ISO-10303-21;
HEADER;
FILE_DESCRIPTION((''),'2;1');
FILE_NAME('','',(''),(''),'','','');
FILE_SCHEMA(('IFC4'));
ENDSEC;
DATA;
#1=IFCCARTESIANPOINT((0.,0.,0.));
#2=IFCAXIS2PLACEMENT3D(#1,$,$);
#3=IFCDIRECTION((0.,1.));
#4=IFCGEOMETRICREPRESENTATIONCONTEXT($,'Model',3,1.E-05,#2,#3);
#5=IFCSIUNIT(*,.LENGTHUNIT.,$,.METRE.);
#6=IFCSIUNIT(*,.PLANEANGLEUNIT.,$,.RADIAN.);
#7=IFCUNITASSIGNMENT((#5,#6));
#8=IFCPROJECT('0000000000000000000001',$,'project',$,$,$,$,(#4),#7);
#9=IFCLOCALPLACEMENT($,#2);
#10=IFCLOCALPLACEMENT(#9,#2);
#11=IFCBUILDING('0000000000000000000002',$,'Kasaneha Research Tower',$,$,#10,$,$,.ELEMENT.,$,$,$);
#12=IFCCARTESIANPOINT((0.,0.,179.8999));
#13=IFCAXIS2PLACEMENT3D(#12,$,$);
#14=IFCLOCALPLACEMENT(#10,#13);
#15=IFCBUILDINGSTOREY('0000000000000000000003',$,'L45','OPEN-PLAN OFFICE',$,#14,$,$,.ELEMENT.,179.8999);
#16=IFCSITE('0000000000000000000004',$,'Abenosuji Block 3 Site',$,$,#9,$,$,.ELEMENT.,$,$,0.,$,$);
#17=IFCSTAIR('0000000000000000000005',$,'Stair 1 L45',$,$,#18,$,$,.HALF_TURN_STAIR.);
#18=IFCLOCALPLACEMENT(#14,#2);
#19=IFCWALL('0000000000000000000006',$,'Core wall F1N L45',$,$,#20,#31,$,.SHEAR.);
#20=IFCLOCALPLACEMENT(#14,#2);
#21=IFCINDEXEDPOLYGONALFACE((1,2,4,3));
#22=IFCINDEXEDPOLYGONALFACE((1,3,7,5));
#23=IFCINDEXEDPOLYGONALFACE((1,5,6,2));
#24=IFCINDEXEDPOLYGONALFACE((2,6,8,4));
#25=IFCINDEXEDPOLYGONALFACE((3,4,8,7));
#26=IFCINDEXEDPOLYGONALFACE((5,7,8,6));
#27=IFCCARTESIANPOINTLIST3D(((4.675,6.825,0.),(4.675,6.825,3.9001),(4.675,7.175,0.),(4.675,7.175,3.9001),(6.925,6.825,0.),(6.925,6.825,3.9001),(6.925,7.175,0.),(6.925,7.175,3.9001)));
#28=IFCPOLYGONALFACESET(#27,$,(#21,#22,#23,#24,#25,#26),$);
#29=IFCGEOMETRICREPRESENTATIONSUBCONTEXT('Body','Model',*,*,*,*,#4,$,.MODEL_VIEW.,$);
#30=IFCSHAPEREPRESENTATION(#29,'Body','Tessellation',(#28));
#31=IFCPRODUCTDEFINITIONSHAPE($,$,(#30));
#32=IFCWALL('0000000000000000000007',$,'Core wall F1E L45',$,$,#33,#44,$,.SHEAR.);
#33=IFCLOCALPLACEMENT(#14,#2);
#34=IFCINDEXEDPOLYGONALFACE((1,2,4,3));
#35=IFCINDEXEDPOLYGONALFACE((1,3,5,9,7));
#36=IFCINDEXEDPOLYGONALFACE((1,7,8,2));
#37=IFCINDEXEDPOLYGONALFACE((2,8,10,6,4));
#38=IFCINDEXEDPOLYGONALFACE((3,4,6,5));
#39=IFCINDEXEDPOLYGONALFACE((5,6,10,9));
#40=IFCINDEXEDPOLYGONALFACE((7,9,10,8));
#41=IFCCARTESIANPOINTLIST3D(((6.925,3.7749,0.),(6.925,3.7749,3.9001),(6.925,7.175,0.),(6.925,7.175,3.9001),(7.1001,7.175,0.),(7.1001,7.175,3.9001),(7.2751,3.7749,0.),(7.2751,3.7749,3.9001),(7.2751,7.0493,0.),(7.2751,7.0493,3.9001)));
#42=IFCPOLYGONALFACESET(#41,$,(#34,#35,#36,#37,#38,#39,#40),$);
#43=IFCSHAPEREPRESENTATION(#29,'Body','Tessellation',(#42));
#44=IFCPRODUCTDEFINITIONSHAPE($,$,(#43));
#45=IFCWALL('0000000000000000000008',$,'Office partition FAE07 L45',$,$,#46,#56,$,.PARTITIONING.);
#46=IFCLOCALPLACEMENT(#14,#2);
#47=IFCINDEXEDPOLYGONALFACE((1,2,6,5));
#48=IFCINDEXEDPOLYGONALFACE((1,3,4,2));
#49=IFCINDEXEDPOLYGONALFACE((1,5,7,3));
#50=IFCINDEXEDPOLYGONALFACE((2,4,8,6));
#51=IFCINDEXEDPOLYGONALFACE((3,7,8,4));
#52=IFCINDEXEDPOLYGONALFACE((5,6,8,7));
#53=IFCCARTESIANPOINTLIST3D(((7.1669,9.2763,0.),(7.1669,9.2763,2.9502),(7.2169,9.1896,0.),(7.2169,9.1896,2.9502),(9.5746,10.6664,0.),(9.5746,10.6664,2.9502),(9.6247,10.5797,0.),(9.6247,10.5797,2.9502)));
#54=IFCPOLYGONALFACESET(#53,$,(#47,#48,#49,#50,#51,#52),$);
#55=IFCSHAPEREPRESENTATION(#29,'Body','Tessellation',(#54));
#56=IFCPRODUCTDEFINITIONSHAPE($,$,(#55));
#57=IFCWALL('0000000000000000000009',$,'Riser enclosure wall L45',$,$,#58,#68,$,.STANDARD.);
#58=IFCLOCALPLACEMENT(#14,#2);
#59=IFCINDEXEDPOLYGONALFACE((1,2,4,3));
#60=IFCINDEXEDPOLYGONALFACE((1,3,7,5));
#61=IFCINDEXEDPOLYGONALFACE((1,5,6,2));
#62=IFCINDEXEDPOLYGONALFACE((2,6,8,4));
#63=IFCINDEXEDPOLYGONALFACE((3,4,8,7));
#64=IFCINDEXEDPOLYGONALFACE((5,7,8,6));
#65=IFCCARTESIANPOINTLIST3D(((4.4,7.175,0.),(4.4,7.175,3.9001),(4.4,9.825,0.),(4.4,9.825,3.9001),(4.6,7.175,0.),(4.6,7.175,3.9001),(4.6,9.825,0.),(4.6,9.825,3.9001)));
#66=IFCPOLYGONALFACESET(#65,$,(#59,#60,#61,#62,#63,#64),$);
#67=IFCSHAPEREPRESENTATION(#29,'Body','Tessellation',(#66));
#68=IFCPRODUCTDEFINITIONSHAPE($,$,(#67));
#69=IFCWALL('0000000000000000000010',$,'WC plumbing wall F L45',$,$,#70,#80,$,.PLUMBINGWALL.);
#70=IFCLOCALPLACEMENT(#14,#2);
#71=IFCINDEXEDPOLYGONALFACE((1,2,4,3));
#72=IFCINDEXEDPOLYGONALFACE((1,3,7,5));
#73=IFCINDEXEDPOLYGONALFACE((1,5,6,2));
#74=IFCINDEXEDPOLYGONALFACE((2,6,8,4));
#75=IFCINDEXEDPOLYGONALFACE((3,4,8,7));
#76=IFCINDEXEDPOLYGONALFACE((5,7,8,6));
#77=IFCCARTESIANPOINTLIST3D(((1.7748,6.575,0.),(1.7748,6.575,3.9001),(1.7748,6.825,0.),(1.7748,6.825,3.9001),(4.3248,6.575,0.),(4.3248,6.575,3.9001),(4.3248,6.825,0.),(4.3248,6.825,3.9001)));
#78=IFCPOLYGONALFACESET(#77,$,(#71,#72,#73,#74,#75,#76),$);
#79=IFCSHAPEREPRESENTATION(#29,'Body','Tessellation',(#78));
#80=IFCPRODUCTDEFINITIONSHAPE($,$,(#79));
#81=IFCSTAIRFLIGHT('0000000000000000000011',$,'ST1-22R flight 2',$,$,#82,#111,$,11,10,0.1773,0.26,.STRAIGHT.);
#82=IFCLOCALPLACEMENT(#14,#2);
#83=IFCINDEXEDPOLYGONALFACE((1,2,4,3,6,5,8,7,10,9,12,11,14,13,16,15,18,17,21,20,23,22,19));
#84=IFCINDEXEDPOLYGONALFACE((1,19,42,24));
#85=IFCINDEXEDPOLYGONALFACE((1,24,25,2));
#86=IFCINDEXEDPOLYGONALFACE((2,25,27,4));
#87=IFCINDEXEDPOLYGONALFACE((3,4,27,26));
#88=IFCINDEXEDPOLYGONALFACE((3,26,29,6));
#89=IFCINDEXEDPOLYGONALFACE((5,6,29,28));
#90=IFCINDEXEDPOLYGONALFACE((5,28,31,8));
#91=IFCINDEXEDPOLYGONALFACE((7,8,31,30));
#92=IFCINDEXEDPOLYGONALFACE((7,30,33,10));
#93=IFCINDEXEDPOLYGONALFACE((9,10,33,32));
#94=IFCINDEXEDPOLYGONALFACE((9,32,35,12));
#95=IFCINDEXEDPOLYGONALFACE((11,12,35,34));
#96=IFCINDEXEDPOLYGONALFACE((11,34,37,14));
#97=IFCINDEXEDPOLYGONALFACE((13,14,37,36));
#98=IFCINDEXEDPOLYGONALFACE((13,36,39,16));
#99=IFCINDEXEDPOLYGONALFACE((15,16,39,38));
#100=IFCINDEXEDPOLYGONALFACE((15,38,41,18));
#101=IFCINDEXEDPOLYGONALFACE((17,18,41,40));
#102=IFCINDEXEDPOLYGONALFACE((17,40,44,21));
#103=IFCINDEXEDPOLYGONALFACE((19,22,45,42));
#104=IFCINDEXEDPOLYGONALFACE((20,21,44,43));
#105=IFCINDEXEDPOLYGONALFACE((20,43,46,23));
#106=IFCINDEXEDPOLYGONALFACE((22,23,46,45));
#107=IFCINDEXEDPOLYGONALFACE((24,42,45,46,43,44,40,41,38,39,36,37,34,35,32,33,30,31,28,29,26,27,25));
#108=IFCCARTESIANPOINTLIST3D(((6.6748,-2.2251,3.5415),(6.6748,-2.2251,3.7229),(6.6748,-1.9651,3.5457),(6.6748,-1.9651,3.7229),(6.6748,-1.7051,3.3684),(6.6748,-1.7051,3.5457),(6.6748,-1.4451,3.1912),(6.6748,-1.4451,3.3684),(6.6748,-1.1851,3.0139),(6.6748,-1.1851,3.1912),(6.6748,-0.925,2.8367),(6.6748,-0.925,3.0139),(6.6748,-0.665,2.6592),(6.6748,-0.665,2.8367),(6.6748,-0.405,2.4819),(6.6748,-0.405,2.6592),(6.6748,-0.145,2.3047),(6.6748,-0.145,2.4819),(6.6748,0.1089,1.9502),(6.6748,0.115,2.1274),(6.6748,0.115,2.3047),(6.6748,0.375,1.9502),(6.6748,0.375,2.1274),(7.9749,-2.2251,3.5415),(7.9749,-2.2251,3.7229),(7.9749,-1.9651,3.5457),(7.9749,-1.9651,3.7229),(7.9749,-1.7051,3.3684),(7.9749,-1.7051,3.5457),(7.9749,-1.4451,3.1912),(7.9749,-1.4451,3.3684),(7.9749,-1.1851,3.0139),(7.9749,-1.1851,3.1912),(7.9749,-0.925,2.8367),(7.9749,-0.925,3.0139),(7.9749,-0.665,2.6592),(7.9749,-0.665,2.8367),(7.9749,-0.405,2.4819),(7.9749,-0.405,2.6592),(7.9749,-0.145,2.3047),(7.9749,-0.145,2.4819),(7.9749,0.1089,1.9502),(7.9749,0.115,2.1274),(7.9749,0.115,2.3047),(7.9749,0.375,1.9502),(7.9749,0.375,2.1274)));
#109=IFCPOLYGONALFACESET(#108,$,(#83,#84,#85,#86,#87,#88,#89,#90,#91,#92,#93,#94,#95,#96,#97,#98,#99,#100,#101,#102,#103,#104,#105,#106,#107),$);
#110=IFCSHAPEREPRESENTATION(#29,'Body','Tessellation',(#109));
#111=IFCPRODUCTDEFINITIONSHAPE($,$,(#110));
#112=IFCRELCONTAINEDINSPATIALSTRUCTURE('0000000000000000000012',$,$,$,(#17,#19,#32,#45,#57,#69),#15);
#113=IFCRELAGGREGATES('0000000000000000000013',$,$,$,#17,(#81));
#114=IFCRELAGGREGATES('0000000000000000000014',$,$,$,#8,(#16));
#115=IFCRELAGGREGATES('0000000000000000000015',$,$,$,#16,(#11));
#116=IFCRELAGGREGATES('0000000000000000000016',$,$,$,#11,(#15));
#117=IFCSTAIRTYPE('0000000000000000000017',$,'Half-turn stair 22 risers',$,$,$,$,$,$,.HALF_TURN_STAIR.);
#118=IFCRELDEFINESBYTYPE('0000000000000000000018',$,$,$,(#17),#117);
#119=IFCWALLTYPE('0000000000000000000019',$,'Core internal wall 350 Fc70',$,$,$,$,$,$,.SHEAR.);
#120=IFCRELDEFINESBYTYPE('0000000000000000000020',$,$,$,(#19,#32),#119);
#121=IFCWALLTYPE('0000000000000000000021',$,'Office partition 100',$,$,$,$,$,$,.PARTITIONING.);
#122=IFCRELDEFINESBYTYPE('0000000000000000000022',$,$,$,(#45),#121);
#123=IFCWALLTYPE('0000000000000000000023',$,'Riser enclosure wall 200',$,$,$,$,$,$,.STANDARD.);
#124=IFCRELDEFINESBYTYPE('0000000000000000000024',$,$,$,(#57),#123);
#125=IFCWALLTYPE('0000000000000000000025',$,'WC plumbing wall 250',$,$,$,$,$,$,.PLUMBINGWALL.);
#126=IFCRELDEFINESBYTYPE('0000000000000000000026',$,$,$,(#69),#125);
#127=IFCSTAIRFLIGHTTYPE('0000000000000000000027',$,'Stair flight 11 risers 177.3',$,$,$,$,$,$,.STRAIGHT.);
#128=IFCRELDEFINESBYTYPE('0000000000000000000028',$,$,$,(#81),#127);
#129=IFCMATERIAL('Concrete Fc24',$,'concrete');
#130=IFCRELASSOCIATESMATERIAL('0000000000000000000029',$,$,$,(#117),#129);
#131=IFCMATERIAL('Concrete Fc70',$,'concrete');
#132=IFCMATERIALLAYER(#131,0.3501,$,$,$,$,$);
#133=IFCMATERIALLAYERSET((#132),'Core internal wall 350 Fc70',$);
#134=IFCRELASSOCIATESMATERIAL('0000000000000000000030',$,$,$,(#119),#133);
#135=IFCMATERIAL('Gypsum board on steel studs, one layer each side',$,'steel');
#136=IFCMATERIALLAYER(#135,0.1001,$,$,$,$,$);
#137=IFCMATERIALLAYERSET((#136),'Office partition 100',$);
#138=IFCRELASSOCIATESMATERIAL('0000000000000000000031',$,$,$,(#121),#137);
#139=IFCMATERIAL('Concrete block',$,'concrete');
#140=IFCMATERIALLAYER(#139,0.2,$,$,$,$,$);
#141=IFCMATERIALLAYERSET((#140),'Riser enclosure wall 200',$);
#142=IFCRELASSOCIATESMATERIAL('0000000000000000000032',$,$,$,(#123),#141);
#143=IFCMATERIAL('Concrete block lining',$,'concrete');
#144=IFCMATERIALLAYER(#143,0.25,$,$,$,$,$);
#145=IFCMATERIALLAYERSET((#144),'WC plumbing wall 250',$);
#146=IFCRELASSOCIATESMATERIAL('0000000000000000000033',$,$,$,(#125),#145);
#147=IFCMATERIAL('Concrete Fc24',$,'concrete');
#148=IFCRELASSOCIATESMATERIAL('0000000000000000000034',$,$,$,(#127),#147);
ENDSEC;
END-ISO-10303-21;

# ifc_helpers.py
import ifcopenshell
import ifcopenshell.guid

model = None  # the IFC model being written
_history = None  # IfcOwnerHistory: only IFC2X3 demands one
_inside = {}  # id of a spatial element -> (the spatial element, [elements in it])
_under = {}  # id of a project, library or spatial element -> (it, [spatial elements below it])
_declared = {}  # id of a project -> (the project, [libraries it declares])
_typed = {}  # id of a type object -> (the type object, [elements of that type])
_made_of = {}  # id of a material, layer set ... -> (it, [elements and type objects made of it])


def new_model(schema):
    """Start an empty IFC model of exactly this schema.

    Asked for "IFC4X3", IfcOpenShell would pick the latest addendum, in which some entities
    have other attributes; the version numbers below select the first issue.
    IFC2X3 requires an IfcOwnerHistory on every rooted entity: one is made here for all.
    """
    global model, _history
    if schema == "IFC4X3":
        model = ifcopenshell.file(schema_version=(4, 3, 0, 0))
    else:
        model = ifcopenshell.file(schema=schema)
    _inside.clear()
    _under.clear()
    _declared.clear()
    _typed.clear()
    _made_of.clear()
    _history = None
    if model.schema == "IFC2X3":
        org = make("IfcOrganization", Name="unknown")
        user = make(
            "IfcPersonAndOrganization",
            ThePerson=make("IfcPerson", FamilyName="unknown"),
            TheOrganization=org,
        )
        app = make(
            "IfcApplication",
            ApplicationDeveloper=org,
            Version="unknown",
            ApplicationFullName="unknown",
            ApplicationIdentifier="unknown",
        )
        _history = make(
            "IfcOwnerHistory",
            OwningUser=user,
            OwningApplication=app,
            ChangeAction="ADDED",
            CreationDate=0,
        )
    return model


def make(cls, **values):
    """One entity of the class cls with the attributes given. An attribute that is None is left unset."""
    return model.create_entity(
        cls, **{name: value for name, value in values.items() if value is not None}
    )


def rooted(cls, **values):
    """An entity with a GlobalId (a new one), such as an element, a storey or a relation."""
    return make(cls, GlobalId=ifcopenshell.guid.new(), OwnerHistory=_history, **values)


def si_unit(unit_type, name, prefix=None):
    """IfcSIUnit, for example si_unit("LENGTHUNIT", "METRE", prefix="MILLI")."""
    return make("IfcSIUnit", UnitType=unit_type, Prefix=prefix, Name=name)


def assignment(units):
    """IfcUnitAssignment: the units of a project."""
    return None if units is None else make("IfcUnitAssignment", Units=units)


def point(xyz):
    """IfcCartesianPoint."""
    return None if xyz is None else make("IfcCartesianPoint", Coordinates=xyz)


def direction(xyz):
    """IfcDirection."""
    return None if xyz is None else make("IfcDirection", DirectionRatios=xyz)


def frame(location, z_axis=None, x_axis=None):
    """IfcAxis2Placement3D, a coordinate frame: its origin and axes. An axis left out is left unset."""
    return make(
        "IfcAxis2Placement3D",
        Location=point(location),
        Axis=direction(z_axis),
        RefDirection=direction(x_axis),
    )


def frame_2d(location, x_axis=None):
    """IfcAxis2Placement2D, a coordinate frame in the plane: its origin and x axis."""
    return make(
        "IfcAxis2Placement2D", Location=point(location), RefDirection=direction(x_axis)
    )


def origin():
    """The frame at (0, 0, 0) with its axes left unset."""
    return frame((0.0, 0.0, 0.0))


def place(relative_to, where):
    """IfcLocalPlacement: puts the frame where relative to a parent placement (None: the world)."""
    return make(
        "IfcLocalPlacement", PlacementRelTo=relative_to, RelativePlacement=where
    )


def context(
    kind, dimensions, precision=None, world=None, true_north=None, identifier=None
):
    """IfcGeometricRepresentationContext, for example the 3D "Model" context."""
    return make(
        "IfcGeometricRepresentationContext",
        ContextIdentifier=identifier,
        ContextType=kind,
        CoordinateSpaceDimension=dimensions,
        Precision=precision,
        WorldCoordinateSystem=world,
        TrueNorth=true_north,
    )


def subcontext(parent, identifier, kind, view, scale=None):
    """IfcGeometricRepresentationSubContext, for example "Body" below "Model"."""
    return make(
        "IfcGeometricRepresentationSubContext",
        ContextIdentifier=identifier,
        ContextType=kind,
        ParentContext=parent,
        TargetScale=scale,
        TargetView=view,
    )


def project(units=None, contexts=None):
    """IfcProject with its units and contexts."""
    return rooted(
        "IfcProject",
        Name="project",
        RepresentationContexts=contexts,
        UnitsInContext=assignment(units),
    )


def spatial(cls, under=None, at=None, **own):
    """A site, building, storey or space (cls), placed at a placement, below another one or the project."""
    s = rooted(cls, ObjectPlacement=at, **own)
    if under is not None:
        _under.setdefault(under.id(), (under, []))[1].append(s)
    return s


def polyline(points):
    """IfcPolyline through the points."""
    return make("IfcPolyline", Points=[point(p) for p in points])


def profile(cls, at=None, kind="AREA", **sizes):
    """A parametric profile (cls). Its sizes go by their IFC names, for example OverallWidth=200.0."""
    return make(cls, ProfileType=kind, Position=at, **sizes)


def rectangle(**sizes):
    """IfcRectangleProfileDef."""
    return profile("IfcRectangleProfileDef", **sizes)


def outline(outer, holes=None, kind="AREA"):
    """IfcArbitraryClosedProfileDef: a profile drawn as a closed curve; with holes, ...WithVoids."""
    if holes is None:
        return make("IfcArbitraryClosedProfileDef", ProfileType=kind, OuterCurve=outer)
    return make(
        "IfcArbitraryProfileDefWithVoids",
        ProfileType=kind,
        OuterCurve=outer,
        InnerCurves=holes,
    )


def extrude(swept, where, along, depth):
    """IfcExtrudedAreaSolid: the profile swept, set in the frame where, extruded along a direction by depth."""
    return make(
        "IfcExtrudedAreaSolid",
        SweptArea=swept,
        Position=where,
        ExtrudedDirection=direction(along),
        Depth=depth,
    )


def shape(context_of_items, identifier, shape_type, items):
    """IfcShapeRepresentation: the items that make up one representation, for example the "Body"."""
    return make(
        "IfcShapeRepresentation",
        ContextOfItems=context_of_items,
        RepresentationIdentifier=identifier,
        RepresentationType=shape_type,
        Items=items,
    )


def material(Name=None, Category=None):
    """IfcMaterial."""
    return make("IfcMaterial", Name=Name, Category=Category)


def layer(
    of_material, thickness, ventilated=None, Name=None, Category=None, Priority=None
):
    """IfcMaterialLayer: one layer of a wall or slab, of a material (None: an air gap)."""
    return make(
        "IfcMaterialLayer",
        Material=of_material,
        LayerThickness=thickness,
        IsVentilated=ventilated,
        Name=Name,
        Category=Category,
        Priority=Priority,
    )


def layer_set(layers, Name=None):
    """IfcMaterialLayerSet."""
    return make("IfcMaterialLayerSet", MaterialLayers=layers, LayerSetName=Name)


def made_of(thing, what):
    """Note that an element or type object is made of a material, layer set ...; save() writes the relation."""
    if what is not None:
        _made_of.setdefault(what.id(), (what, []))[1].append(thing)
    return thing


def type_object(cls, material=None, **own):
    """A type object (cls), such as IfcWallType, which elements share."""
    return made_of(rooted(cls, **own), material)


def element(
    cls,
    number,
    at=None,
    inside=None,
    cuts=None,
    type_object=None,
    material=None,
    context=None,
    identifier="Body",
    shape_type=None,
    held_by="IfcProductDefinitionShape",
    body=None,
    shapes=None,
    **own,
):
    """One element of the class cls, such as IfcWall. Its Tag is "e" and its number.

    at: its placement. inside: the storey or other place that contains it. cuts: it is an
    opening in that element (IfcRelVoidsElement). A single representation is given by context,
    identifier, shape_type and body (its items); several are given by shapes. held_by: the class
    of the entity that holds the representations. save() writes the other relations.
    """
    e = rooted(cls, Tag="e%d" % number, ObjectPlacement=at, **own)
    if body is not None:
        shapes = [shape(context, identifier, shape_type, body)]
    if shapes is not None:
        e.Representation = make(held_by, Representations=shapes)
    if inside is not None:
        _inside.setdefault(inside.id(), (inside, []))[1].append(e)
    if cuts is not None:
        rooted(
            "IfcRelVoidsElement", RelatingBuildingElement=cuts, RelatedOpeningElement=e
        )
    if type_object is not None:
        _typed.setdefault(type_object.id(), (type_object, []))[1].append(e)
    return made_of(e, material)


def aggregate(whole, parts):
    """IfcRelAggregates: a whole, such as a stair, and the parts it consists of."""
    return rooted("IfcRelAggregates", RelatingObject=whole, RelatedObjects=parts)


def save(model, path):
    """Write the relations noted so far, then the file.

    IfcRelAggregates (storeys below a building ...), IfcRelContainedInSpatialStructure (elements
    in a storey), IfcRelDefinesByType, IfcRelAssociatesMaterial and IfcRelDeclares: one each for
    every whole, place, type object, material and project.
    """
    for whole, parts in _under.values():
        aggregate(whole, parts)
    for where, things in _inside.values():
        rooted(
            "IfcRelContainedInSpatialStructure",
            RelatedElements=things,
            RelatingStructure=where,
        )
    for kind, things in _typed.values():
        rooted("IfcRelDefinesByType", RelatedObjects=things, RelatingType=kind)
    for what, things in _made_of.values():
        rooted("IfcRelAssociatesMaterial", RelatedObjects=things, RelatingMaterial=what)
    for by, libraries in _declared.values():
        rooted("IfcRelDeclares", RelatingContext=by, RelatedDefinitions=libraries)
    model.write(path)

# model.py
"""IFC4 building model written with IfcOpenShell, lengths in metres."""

from ifc_helpers import new_model, si_unit, direction, frame, frame_2d, origin, place, context, subcontext, project, spatial, polyline, rectangle, outline, extrude, material, layer, layer_set, type_object, element, aggregate, save


model = new_model("IFC4")

# Units and contexts
model_context = context("Model", 3, precision=1e-05, world=origin(), true_north=direction((0.0, 1.0)))
body_context = subcontext(model_context, "Body", "Model", "MODEL_VIEW")
ifc_project = project(units=[si_unit("LENGTHUNIT", "METRE"), si_unit("PLANEANGLEUNIT", "RADIAN")], contexts=[model_context])

# Site, building, storey
site_placement = place(None, origin())
site = spatial("IfcSite", under=ifc_project, at=site_placement, Name="Abenosuji Block 3 Site", CompositionType="ELEMENT", RefElevation=0.0)
building_placement = place(site_placement, origin())
building = spatial("IfcBuilding", under=site, at=building_placement, Name="Kasaneha Research Tower", CompositionType="ELEMENT")
storey_placement = place(building_placement, frame((0.0, 0.0, 179.8999)))
storey = spatial("IfcBuildingStorey", under=building, at=storey_placement, Name="L45", Description="OPEN-PLAN OFFICE", CompositionType="ELEMENT", Elevation=179.8999)

# Stair
ifc_material_1 = material(Name="Concrete Fc24", Category="concrete")
stair_type = type_object("IfcStairType", Name="Half-turn stair 22 risers", PredefinedType="HALF_TURN_STAIR", material=ifc_material_1)
stair_1_placement = place(storey_placement, origin())
stair_1 = element("IfcStair", 1, at=stair_1_placement, inside=storey, type_object=stair_type, Name="Stair 1 L45", PredefinedType="HALF_TURN_STAIR")

# Shared definitions
ifc_material_2 = material(Name="Concrete Fc70", Category="concrete")
ifc_layer_1 = layer(ifc_material_2, 0.3501)
ifc_layer_set_1 = layer_set([ifc_layer_1], Name="Core internal wall 350 Fc70")
wall_type_1 = type_object("IfcWallType", Name="Core internal wall 350 Fc70", PredefinedType="SHEAR", material=ifc_layer_set_1)

# Walls
wall_1_placement = place(storey_placement, frame((4.675, 7.0, 0.0), z_axis=(0.0, 0.0, 1.0), x_axis=(1.0, 0.0, 0.0)))
element("IfcWall", 2, at=wall_1_placement, inside=storey, type_object=wall_type_1, Name="Core wall F1N L45", PredefinedType="SHEAR", context=body_context, shape_type="SweptSolid", body=[
    extrude(rectangle(XDim=2.25, YDim=0.3501, at=frame_2d((1.125, 0.0))), origin(), (0.0, 0.0, 1.0), 3.9001),
])
wall_2_placement = place(storey_placement, frame((7.1001, 3.7749, 0.0), z_axis=(0.0, 0.0, 1.0), x_axis=(0.0, 1.0, 0.0)))
element("IfcWall", 3, at=wall_2_placement, inside=storey, type_object=wall_type_1, Name="Core wall F1E L45", PredefinedType="SHEAR", context=body_context, shape_type="SweptSolid", body=[
    extrude(outline(polyline([(0.0, -0.175), (3.2744, -0.175), (3.4001, 0.0), (3.4001, 0.175), (0.0, 0.175), (0.0, -0.175)])), origin(), (0.0, 0.0, 1.0), 3.9001),
])

# Walls
ifc_material_3 = material(Name="Gypsum board on steel studs, one layer each side", Category="steel")
ifc_layer_2 = layer(ifc_material_3, 0.1001)
ifc_layer_set_2 = layer_set([ifc_layer_2], Name="Office partition 100")
wall_type_2 = type_object("IfcWallType", Name="Office partition 100", PredefinedType="PARTITIONING", material=ifc_layer_set_2)
wall_3_placement = place(storey_placement, frame((7.1919, 9.2329, 0.0), z_axis=(0.0, 0.0, 1.0), x_axis=(0.866019, 0.500011, 0.0)))
element("IfcWall", 4, at=wall_3_placement, inside=storey, type_object=wall_type_2, Name="Office partition FAE07 L45", PredefinedType="PARTITIONING", context=body_context, shape_type="SweptSolid", body=[
    extrude(rectangle(XDim=2.7803, YDim=0.1001, at=frame_2d((1.3901, 0.0))), origin(), (0.0, 0.0, 1.0), 2.9502),
])
ifc_material_4 = material(Name="Concrete block", Category="concrete")
ifc_layer_3 = layer(ifc_material_4, 0.2)
ifc_layer_set_3 = layer_set([ifc_layer_3], Name="Riser enclosure wall 200")
wall_type_3 = type_object("IfcWallType", Name="Riser enclosure wall 200", PredefinedType="STANDARD", material=ifc_layer_set_3)
wall_4_placement = place(storey_placement, frame((4.5, 7.175, 0.0), z_axis=(0.0, 0.0, 1.0), x_axis=(0.0, 1.0, 0.0)))
element("IfcWall", 5, at=wall_4_placement, inside=storey, type_object=wall_type_3, Name="Riser enclosure wall L45", PredefinedType="STANDARD", context=body_context, shape_type="SweptSolid", body=[
    extrude(rectangle(XDim=2.6499, YDim=0.2, at=frame_2d((1.325, 0.0))), origin(), (0.0, 0.0, 1.0), 3.9001),
])
ifc_material_5 = material(Name="Concrete block lining", Category="concrete")
ifc_layer_4 = layer(ifc_material_5, 0.25)
ifc_layer_set_4 = layer_set([ifc_layer_4], Name="WC plumbing wall 250")
wall_type_4 = type_object("IfcWallType", Name="WC plumbing wall 250", PredefinedType="PLUMBINGWALL", material=ifc_layer_set_4)
wall_5_placement = place(storey_placement, frame((1.7749, 6.7, 0.0), z_axis=(0.0, 0.0, 1.0), x_axis=(1.0, 0.0, 0.0)))
element("IfcWall", 6, at=wall_5_placement, inside=storey, type_object=wall_type_4, Name="WC plumbing wall F L45", PredefinedType="PLUMBINGWALL", context=body_context, shape_type="SweptSolid", body=[
    extrude(rectangle(XDim=2.55, YDim=0.25, at=frame_2d((1.2749, 0.0))), origin(), (0.0, 0.0, 1.0), 3.9001),
])

# Stair flight
ifc_material_6 = material(Name="Concrete Fc24", Category="concrete")
stair_flight_type = type_object("IfcStairFlightType", Name="Stair flight 11 risers 177.3", PredefinedType="STRAIGHT", material=ifc_material_6)
stair_flight_placement = place(storey_placement, frame((7.325, 0.375, 1.9502), z_axis=(0.0, 0.0, 1.0), x_axis=(0.0, -1.0, 0.0)))
stair_flight = element("IfcStairFlight", 7, at=stair_flight_placement, type_object=stair_flight_type, Name="ST1-22R flight 2", NumberOfRisers=11, NumberOfTreads=10, PredefinedType="STRAIGHT", RiserHeight=0.1773, TreadLength=0.26, context=body_context, shape_type="SweptSolid", body=[
    extrude(outline(polyline([(0.0, 0.0), (0.0, 0.1772), (0.26, 0.1772), (0.26, 0.3545), (0.52, 0.3545), (0.52, 0.5317), (0.78, 0.5317), (0.78, 0.709), (1.04, 0.709), (1.04, 0.8865), (1.3, 0.8865), (1.3, 1.0637), (1.5601, 1.0637), (1.5601, 1.241), (1.8201, 1.241), (1.8201, 1.4182), (2.0801, 1.4182), (2.0801, 1.5955), (2.3401, 1.5955), (2.3401, 1.7727), (2.6001, 1.7727), (2.6001, 1.95), (2.6001, 1.5913), (0.2661, 0.0), (0.0, 0.0)])), frame((0.0, 0.6499, 0.0), z_axis=(0.0, -1.0, 0.0), x_axis=(1.0, 0.0, 0.0)), (0.0, 0.0, 1.0), 1.3),
])
aggregate(stair_1, [stair_flight])

save(model, "model.ifc")
